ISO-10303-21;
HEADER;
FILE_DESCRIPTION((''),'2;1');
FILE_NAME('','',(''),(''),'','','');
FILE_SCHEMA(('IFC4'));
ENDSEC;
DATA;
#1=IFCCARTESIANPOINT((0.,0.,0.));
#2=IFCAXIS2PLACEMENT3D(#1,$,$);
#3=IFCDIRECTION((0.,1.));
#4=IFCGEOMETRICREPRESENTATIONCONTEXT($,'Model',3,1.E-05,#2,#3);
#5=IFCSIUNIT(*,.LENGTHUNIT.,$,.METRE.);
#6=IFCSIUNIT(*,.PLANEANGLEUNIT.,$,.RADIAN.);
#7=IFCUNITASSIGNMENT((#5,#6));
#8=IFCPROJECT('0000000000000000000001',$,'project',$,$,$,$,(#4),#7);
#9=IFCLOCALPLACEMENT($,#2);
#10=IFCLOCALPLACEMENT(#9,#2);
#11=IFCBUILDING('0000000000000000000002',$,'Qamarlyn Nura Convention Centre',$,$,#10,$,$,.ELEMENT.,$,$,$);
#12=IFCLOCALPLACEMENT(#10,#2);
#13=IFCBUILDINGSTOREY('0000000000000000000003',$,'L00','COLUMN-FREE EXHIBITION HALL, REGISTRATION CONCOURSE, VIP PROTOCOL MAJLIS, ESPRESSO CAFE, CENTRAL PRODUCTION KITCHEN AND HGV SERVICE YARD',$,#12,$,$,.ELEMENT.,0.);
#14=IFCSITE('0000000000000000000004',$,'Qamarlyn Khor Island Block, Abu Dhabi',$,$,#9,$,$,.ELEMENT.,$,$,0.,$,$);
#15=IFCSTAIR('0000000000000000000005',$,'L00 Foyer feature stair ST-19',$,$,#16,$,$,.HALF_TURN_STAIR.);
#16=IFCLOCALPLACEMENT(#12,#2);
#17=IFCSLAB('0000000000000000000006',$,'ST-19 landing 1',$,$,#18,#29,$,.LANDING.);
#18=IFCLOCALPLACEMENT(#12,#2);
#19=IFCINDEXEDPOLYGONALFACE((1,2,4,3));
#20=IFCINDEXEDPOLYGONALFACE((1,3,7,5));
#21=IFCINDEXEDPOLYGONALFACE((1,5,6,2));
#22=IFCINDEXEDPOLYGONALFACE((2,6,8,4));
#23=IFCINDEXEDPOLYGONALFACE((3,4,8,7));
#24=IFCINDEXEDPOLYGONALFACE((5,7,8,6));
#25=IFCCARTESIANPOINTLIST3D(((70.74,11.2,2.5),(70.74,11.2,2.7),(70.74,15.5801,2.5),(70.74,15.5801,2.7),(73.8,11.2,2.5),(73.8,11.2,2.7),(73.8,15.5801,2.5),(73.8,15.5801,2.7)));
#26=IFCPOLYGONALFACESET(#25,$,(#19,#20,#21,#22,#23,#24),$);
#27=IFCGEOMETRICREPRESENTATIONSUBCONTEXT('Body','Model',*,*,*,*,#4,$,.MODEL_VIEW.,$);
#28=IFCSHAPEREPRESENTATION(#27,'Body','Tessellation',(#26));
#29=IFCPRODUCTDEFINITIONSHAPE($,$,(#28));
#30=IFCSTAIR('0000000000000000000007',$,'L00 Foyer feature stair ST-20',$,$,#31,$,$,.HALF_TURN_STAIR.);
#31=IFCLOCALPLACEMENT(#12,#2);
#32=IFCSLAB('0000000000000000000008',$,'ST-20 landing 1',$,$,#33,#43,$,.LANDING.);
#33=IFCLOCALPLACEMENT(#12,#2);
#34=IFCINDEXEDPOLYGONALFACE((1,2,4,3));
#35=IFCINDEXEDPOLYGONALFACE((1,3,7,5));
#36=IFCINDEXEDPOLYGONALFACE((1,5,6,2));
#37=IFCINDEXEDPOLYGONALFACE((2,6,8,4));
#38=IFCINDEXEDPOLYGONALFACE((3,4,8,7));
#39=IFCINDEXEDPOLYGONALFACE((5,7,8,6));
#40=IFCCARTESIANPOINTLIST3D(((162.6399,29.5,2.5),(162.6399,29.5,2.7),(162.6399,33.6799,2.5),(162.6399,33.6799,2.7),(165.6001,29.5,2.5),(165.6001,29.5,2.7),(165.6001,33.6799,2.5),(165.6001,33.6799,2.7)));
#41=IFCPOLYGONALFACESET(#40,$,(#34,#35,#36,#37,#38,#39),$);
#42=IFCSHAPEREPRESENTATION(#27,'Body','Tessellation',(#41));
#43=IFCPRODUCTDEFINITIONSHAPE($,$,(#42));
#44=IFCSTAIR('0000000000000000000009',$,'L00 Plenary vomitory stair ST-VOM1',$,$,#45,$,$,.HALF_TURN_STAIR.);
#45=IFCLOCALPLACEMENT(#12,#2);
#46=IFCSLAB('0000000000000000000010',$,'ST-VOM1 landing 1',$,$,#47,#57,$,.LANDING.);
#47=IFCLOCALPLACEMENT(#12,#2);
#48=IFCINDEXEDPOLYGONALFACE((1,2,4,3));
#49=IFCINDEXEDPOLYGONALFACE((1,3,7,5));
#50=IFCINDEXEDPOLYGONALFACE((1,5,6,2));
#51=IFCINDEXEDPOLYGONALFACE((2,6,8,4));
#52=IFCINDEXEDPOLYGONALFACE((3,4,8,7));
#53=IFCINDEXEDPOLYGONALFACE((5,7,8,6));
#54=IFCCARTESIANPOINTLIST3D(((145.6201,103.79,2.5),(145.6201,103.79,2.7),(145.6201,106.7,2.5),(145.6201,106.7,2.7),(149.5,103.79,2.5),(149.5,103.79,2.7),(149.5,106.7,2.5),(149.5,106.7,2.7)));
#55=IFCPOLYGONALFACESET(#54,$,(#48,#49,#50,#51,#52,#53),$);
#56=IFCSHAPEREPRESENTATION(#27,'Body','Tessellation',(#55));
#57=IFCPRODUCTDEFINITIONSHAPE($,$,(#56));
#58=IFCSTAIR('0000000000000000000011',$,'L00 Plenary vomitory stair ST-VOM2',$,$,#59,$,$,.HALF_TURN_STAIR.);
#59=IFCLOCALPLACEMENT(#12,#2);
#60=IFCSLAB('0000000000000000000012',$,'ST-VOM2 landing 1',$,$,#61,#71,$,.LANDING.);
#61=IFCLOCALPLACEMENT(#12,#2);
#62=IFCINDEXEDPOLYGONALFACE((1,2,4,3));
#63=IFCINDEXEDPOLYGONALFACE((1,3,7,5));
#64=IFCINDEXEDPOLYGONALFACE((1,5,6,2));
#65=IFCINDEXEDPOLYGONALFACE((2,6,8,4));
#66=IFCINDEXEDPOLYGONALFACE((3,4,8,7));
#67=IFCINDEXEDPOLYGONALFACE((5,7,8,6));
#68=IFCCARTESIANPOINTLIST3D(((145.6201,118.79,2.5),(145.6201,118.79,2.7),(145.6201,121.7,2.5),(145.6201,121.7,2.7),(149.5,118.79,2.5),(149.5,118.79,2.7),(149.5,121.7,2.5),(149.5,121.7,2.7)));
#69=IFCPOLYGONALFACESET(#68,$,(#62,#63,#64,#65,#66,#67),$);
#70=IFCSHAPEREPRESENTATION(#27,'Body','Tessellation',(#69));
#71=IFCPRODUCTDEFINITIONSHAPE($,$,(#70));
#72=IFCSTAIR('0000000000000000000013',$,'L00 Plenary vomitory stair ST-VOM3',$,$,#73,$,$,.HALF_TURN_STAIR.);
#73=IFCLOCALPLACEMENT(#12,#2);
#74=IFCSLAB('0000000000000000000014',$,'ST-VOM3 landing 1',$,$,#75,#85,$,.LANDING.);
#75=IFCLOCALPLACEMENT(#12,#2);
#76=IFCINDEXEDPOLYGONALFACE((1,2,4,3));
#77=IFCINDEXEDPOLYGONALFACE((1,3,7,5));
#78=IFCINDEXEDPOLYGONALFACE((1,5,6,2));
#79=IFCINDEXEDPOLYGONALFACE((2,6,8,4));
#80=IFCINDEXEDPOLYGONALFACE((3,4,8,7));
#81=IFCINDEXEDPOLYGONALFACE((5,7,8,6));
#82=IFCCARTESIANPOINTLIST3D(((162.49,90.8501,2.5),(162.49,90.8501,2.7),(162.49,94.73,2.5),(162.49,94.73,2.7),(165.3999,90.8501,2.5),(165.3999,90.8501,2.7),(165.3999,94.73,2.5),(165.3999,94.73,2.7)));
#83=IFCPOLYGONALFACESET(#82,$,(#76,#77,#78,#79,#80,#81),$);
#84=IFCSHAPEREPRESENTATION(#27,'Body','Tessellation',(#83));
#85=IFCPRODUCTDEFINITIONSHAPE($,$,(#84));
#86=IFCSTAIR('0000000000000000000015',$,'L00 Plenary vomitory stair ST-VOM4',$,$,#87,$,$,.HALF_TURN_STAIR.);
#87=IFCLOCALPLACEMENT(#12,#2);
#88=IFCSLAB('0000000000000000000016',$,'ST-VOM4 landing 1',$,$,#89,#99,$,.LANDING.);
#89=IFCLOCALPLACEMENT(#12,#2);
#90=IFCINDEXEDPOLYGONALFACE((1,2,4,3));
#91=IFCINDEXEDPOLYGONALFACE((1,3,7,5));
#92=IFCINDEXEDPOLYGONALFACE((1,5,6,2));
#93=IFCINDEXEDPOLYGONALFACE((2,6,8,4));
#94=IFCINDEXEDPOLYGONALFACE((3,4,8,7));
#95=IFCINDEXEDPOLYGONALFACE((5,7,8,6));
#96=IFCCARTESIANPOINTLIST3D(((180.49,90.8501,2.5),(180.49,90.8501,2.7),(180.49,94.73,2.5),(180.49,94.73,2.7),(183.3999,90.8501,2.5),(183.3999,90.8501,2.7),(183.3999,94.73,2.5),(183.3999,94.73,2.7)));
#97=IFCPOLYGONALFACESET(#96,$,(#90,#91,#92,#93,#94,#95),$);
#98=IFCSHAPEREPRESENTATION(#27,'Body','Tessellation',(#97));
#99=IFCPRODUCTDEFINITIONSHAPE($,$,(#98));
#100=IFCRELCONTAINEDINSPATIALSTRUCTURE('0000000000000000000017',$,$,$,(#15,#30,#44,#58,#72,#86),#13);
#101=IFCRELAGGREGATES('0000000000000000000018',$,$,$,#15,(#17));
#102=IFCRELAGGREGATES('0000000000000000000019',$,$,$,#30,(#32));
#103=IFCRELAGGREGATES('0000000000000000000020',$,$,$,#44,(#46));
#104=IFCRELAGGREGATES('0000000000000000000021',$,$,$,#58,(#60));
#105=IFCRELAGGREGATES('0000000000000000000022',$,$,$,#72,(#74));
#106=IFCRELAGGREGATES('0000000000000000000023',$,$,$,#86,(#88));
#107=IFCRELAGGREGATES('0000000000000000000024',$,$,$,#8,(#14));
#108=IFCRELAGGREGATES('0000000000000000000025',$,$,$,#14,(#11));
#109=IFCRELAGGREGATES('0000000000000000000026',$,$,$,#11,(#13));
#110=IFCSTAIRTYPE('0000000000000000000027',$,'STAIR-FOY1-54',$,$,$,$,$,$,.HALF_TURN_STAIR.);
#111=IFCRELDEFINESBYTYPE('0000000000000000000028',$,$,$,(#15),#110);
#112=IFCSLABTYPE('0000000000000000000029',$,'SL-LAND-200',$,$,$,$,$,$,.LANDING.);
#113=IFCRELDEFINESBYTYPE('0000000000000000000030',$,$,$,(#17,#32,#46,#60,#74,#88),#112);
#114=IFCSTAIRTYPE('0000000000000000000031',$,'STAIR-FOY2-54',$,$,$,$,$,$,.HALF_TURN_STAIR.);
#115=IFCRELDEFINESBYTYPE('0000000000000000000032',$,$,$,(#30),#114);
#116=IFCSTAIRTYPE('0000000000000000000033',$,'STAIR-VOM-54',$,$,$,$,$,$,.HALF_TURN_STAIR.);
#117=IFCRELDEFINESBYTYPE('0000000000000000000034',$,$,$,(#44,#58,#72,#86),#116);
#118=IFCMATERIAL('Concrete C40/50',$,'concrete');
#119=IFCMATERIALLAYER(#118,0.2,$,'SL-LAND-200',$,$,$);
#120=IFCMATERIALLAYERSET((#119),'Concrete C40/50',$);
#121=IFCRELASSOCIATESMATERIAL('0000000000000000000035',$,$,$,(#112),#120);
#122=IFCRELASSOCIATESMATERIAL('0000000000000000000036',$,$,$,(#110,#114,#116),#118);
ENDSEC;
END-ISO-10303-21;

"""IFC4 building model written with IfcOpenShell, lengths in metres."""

from ifc_helpers import new_model, si_unit, direction, frame, origin, place, context, subcontext, project, spatial, polyline, outline, extrude, material, layer, layer_set, type_object, element, aggregate, save


model = new_model("IFC4")

# Units and contexts
model_context = context("Model", 3, precision=1e-05, world=origin(), true_north=direction((0.0, 1.0)))
body_context = subcontext(model_context, "Body", "Model", "MODEL_VIEW")
ifc_project = project(units=[si_unit("LENGTHUNIT", "METRE"), si_unit("PLANEANGLEUNIT", "RADIAN")], contexts=[model_context])

# Site, building, storey
site_placement = place(None, origin())
site = spatial("IfcSite", under=ifc_project, at=site_placement, Name="Qamarlyn Khor Island Block, Abu Dhabi", CompositionType="ELEMENT", RefElevation=0.0)
building_placement = place(site_placement, origin())
building = spatial("IfcBuilding", under=site, at=building_placement, Name="Qamarlyn Nura Convention Centre", CompositionType="ELEMENT")
storey_placement = place(building_placement, origin())
storey = spatial("IfcBuildingStorey", under=building, at=storey_placement, Name="L00", Description="COLUMN-FREE EXHIBITION HALL, REGISTRATION CONCOURSE, VIP PROTOCOL MAJLIS, ESPRESSO CAFE, CENTRAL PRODUCTION KITCHEN AND HGV SERVICE YARD", CompositionType="ELEMENT", Elevation=0.0)

# Stairs, slabs
ifc_material = material(Name="Concrete C40/50", Category="concrete")
ifc_layer = layer(ifc_material, 0.2, Name="SL-LAND-200")
ifc_layer_set = layer_set([ifc_layer], Name="Concrete C40/50")
slab_type = type_object("IfcSlabType", Name="SL-LAND-200", PredefinedType="LANDING", material=ifc_layer_set)
stair_type_1 = type_object("IfcStairType", Name="STAIR-FOY1-54", PredefinedType="HALF_TURN_STAIR", material=ifc_material)
stair_1_placement = place(storey_placement, origin())
stair_1 = element("IfcStair", 1, at=stair_1_placement, inside=storey, type_object=stair_type_1, Name="L00 Foyer feature stair ST-19", PredefinedType="HALF_TURN_STAIR")
slab_1_placement = place(storey_placement, frame((0.0, 0.0, 2.5)))
slab_1 = element("IfcSlab", 2, at=slab_1_placement, type_object=slab_type, Name="ST-19 landing 1", PredefinedType="LANDING", context=body_context, shape_type="SweptSolid", body=[
    extrude(outline(polyline([(70.74, 11.2), (73.8, 11.2), (73.8, 15.5801), (70.74, 15.5801), (70.74, 11.2)])), origin(), (0.0, 0.0, 1.0), 0.2),
])
aggregate(stair_1, [slab_1])
stair_type_2 = type_object("IfcStairType", Name="STAIR-FOY2-54", PredefinedType="HALF_TURN_STAIR", material=ifc_material)
stair_2_placement = place(storey_placement, origin())
stair_2 = element("IfcStair", 3, at=stair_2_placement, inside=storey, type_object=stair_type_2, Name="L00 Foyer feature stair ST-20", PredefinedType="HALF_TURN_STAIR")
slab_2_placement = place(storey_placement, frame((0.0, 0.0, 2.5)))
slab_2 = element("IfcSlab", 4, at=slab_2_placement, type_object=slab_type, Name="ST-20 landing 1", PredefinedType="LANDING", context=body_context, shape_type="SweptSolid", body=[
    extrude(outline(polyline([(162.6399, 29.5), (165.6001, 29.5), (165.6001, 33.6799), (162.6399, 33.6799), (162.6399, 29.5)])), origin(), (0.0, 0.0, 1.0), 0.2),
])
aggregate(stair_2, [slab_2])
stair_type_3 = type_object("IfcStairType", Name="STAIR-VOM-54", PredefinedType="HALF_TURN_STAIR", material=ifc_material)
stair_3_placement = place(storey_placement, origin())
stair_3 = element("IfcStair", 5, at=stair_3_placement, inside=storey, type_object=stair_type_3, Name="L00 Plenary vomitory stair ST-VOM1", PredefinedType="HALF_TURN_STAIR")
slab_3_placement = place(storey_placement, frame((0.0, 0.0, 2.5)))
slab_3 = element("IfcSlab", 6, at=slab_3_placement, type_object=slab_type, Name="ST-VOM1 landing 1", PredefinedType="LANDING", context=body_context, shape_type="SweptSolid", body=[
    extrude(outline(polyline([(149.5, 103.79), (149.5, 106.7), (145.6201, 106.7), (145.6201, 103.79), (149.5, 103.79)])), origin(), (0.0, 0.0, 1.0), 0.2),
])
aggregate(stair_3, [slab_3])
stair_4_placement = place(storey_placement, origin())
stair_4 = element("IfcStair", 7, at=stair_4_placement, inside=storey, type_object=stair_type_3, Name="L00 Plenary vomitory stair ST-VOM2", PredefinedType="HALF_TURN_STAIR")
slab_4_placement = place(storey_placement, frame((0.0, 0.0, 2.5)))
slab_4 = element("IfcSlab", 8, at=slab_4_placement, type_object=slab_type, Name="ST-VOM2 landing 1", PredefinedType="LANDING", context=body_context, shape_type="SweptSolid", body=[
    extrude(outline(polyline([(149.5, 118.79), (149.5, 121.7), (145.6201, 121.7), (145.6201, 118.79), (149.5, 118.79)])), origin(), (0.0, 0.0, 1.0), 0.2),
])
aggregate(stair_4, [slab_4])
stair_5_placement = place(storey_placement, origin())
stair_5 = element("IfcStair", 9, at=stair_5_placement, inside=storey, type_object=stair_type_3, Name="L00 Plenary vomitory stair ST-VOM3", PredefinedType="HALF_TURN_STAIR")
slab_5_placement = place(storey_placement, frame((0.0, 0.0, 2.5)))
slab_5 = element("IfcSlab", 10, at=slab_5_placement, type_object=slab_type, Name="ST-VOM3 landing 1", PredefinedType="LANDING", context=body_context, shape_type="SweptSolid", body=[
    extrude(outline(polyline([(162.49, 90.8501), (165.3999, 90.8501), (165.3999, 94.73), (162.49, 94.73), (162.49, 90.8501)])), origin(), (0.0, 0.0, 1.0), 0.2),
])
aggregate(stair_5, [slab_5])
stair_6_placement = place(storey_placement, origin())
stair_6 = element("IfcStair", 11, at=stair_6_placement, inside=storey, type_object=stair_type_3, Name="L00 Plenary vomitory stair ST-VOM4", PredefinedType="HALF_TURN_STAIR")
slab_6_placement = place(storey_placement, frame((0.0, 0.0, 2.5)))
slab_6 = element("IfcSlab", 12, at=slab_6_placement, type_object=slab_type, Name="ST-VOM4 landing 1", PredefinedType="LANDING", context=body_context, shape_type="SweptSolid", body=[
    extrude(outline(polyline([(180.49, 90.8501), (183.3999, 90.8501), (183.3999, 94.73), (180.49, 94.73), (180.49, 90.8501)])), origin(), (0.0, 0.0, 1.0), 0.2),
])
aggregate(stair_6, [slab_6])

save(model, "model.ifc")
